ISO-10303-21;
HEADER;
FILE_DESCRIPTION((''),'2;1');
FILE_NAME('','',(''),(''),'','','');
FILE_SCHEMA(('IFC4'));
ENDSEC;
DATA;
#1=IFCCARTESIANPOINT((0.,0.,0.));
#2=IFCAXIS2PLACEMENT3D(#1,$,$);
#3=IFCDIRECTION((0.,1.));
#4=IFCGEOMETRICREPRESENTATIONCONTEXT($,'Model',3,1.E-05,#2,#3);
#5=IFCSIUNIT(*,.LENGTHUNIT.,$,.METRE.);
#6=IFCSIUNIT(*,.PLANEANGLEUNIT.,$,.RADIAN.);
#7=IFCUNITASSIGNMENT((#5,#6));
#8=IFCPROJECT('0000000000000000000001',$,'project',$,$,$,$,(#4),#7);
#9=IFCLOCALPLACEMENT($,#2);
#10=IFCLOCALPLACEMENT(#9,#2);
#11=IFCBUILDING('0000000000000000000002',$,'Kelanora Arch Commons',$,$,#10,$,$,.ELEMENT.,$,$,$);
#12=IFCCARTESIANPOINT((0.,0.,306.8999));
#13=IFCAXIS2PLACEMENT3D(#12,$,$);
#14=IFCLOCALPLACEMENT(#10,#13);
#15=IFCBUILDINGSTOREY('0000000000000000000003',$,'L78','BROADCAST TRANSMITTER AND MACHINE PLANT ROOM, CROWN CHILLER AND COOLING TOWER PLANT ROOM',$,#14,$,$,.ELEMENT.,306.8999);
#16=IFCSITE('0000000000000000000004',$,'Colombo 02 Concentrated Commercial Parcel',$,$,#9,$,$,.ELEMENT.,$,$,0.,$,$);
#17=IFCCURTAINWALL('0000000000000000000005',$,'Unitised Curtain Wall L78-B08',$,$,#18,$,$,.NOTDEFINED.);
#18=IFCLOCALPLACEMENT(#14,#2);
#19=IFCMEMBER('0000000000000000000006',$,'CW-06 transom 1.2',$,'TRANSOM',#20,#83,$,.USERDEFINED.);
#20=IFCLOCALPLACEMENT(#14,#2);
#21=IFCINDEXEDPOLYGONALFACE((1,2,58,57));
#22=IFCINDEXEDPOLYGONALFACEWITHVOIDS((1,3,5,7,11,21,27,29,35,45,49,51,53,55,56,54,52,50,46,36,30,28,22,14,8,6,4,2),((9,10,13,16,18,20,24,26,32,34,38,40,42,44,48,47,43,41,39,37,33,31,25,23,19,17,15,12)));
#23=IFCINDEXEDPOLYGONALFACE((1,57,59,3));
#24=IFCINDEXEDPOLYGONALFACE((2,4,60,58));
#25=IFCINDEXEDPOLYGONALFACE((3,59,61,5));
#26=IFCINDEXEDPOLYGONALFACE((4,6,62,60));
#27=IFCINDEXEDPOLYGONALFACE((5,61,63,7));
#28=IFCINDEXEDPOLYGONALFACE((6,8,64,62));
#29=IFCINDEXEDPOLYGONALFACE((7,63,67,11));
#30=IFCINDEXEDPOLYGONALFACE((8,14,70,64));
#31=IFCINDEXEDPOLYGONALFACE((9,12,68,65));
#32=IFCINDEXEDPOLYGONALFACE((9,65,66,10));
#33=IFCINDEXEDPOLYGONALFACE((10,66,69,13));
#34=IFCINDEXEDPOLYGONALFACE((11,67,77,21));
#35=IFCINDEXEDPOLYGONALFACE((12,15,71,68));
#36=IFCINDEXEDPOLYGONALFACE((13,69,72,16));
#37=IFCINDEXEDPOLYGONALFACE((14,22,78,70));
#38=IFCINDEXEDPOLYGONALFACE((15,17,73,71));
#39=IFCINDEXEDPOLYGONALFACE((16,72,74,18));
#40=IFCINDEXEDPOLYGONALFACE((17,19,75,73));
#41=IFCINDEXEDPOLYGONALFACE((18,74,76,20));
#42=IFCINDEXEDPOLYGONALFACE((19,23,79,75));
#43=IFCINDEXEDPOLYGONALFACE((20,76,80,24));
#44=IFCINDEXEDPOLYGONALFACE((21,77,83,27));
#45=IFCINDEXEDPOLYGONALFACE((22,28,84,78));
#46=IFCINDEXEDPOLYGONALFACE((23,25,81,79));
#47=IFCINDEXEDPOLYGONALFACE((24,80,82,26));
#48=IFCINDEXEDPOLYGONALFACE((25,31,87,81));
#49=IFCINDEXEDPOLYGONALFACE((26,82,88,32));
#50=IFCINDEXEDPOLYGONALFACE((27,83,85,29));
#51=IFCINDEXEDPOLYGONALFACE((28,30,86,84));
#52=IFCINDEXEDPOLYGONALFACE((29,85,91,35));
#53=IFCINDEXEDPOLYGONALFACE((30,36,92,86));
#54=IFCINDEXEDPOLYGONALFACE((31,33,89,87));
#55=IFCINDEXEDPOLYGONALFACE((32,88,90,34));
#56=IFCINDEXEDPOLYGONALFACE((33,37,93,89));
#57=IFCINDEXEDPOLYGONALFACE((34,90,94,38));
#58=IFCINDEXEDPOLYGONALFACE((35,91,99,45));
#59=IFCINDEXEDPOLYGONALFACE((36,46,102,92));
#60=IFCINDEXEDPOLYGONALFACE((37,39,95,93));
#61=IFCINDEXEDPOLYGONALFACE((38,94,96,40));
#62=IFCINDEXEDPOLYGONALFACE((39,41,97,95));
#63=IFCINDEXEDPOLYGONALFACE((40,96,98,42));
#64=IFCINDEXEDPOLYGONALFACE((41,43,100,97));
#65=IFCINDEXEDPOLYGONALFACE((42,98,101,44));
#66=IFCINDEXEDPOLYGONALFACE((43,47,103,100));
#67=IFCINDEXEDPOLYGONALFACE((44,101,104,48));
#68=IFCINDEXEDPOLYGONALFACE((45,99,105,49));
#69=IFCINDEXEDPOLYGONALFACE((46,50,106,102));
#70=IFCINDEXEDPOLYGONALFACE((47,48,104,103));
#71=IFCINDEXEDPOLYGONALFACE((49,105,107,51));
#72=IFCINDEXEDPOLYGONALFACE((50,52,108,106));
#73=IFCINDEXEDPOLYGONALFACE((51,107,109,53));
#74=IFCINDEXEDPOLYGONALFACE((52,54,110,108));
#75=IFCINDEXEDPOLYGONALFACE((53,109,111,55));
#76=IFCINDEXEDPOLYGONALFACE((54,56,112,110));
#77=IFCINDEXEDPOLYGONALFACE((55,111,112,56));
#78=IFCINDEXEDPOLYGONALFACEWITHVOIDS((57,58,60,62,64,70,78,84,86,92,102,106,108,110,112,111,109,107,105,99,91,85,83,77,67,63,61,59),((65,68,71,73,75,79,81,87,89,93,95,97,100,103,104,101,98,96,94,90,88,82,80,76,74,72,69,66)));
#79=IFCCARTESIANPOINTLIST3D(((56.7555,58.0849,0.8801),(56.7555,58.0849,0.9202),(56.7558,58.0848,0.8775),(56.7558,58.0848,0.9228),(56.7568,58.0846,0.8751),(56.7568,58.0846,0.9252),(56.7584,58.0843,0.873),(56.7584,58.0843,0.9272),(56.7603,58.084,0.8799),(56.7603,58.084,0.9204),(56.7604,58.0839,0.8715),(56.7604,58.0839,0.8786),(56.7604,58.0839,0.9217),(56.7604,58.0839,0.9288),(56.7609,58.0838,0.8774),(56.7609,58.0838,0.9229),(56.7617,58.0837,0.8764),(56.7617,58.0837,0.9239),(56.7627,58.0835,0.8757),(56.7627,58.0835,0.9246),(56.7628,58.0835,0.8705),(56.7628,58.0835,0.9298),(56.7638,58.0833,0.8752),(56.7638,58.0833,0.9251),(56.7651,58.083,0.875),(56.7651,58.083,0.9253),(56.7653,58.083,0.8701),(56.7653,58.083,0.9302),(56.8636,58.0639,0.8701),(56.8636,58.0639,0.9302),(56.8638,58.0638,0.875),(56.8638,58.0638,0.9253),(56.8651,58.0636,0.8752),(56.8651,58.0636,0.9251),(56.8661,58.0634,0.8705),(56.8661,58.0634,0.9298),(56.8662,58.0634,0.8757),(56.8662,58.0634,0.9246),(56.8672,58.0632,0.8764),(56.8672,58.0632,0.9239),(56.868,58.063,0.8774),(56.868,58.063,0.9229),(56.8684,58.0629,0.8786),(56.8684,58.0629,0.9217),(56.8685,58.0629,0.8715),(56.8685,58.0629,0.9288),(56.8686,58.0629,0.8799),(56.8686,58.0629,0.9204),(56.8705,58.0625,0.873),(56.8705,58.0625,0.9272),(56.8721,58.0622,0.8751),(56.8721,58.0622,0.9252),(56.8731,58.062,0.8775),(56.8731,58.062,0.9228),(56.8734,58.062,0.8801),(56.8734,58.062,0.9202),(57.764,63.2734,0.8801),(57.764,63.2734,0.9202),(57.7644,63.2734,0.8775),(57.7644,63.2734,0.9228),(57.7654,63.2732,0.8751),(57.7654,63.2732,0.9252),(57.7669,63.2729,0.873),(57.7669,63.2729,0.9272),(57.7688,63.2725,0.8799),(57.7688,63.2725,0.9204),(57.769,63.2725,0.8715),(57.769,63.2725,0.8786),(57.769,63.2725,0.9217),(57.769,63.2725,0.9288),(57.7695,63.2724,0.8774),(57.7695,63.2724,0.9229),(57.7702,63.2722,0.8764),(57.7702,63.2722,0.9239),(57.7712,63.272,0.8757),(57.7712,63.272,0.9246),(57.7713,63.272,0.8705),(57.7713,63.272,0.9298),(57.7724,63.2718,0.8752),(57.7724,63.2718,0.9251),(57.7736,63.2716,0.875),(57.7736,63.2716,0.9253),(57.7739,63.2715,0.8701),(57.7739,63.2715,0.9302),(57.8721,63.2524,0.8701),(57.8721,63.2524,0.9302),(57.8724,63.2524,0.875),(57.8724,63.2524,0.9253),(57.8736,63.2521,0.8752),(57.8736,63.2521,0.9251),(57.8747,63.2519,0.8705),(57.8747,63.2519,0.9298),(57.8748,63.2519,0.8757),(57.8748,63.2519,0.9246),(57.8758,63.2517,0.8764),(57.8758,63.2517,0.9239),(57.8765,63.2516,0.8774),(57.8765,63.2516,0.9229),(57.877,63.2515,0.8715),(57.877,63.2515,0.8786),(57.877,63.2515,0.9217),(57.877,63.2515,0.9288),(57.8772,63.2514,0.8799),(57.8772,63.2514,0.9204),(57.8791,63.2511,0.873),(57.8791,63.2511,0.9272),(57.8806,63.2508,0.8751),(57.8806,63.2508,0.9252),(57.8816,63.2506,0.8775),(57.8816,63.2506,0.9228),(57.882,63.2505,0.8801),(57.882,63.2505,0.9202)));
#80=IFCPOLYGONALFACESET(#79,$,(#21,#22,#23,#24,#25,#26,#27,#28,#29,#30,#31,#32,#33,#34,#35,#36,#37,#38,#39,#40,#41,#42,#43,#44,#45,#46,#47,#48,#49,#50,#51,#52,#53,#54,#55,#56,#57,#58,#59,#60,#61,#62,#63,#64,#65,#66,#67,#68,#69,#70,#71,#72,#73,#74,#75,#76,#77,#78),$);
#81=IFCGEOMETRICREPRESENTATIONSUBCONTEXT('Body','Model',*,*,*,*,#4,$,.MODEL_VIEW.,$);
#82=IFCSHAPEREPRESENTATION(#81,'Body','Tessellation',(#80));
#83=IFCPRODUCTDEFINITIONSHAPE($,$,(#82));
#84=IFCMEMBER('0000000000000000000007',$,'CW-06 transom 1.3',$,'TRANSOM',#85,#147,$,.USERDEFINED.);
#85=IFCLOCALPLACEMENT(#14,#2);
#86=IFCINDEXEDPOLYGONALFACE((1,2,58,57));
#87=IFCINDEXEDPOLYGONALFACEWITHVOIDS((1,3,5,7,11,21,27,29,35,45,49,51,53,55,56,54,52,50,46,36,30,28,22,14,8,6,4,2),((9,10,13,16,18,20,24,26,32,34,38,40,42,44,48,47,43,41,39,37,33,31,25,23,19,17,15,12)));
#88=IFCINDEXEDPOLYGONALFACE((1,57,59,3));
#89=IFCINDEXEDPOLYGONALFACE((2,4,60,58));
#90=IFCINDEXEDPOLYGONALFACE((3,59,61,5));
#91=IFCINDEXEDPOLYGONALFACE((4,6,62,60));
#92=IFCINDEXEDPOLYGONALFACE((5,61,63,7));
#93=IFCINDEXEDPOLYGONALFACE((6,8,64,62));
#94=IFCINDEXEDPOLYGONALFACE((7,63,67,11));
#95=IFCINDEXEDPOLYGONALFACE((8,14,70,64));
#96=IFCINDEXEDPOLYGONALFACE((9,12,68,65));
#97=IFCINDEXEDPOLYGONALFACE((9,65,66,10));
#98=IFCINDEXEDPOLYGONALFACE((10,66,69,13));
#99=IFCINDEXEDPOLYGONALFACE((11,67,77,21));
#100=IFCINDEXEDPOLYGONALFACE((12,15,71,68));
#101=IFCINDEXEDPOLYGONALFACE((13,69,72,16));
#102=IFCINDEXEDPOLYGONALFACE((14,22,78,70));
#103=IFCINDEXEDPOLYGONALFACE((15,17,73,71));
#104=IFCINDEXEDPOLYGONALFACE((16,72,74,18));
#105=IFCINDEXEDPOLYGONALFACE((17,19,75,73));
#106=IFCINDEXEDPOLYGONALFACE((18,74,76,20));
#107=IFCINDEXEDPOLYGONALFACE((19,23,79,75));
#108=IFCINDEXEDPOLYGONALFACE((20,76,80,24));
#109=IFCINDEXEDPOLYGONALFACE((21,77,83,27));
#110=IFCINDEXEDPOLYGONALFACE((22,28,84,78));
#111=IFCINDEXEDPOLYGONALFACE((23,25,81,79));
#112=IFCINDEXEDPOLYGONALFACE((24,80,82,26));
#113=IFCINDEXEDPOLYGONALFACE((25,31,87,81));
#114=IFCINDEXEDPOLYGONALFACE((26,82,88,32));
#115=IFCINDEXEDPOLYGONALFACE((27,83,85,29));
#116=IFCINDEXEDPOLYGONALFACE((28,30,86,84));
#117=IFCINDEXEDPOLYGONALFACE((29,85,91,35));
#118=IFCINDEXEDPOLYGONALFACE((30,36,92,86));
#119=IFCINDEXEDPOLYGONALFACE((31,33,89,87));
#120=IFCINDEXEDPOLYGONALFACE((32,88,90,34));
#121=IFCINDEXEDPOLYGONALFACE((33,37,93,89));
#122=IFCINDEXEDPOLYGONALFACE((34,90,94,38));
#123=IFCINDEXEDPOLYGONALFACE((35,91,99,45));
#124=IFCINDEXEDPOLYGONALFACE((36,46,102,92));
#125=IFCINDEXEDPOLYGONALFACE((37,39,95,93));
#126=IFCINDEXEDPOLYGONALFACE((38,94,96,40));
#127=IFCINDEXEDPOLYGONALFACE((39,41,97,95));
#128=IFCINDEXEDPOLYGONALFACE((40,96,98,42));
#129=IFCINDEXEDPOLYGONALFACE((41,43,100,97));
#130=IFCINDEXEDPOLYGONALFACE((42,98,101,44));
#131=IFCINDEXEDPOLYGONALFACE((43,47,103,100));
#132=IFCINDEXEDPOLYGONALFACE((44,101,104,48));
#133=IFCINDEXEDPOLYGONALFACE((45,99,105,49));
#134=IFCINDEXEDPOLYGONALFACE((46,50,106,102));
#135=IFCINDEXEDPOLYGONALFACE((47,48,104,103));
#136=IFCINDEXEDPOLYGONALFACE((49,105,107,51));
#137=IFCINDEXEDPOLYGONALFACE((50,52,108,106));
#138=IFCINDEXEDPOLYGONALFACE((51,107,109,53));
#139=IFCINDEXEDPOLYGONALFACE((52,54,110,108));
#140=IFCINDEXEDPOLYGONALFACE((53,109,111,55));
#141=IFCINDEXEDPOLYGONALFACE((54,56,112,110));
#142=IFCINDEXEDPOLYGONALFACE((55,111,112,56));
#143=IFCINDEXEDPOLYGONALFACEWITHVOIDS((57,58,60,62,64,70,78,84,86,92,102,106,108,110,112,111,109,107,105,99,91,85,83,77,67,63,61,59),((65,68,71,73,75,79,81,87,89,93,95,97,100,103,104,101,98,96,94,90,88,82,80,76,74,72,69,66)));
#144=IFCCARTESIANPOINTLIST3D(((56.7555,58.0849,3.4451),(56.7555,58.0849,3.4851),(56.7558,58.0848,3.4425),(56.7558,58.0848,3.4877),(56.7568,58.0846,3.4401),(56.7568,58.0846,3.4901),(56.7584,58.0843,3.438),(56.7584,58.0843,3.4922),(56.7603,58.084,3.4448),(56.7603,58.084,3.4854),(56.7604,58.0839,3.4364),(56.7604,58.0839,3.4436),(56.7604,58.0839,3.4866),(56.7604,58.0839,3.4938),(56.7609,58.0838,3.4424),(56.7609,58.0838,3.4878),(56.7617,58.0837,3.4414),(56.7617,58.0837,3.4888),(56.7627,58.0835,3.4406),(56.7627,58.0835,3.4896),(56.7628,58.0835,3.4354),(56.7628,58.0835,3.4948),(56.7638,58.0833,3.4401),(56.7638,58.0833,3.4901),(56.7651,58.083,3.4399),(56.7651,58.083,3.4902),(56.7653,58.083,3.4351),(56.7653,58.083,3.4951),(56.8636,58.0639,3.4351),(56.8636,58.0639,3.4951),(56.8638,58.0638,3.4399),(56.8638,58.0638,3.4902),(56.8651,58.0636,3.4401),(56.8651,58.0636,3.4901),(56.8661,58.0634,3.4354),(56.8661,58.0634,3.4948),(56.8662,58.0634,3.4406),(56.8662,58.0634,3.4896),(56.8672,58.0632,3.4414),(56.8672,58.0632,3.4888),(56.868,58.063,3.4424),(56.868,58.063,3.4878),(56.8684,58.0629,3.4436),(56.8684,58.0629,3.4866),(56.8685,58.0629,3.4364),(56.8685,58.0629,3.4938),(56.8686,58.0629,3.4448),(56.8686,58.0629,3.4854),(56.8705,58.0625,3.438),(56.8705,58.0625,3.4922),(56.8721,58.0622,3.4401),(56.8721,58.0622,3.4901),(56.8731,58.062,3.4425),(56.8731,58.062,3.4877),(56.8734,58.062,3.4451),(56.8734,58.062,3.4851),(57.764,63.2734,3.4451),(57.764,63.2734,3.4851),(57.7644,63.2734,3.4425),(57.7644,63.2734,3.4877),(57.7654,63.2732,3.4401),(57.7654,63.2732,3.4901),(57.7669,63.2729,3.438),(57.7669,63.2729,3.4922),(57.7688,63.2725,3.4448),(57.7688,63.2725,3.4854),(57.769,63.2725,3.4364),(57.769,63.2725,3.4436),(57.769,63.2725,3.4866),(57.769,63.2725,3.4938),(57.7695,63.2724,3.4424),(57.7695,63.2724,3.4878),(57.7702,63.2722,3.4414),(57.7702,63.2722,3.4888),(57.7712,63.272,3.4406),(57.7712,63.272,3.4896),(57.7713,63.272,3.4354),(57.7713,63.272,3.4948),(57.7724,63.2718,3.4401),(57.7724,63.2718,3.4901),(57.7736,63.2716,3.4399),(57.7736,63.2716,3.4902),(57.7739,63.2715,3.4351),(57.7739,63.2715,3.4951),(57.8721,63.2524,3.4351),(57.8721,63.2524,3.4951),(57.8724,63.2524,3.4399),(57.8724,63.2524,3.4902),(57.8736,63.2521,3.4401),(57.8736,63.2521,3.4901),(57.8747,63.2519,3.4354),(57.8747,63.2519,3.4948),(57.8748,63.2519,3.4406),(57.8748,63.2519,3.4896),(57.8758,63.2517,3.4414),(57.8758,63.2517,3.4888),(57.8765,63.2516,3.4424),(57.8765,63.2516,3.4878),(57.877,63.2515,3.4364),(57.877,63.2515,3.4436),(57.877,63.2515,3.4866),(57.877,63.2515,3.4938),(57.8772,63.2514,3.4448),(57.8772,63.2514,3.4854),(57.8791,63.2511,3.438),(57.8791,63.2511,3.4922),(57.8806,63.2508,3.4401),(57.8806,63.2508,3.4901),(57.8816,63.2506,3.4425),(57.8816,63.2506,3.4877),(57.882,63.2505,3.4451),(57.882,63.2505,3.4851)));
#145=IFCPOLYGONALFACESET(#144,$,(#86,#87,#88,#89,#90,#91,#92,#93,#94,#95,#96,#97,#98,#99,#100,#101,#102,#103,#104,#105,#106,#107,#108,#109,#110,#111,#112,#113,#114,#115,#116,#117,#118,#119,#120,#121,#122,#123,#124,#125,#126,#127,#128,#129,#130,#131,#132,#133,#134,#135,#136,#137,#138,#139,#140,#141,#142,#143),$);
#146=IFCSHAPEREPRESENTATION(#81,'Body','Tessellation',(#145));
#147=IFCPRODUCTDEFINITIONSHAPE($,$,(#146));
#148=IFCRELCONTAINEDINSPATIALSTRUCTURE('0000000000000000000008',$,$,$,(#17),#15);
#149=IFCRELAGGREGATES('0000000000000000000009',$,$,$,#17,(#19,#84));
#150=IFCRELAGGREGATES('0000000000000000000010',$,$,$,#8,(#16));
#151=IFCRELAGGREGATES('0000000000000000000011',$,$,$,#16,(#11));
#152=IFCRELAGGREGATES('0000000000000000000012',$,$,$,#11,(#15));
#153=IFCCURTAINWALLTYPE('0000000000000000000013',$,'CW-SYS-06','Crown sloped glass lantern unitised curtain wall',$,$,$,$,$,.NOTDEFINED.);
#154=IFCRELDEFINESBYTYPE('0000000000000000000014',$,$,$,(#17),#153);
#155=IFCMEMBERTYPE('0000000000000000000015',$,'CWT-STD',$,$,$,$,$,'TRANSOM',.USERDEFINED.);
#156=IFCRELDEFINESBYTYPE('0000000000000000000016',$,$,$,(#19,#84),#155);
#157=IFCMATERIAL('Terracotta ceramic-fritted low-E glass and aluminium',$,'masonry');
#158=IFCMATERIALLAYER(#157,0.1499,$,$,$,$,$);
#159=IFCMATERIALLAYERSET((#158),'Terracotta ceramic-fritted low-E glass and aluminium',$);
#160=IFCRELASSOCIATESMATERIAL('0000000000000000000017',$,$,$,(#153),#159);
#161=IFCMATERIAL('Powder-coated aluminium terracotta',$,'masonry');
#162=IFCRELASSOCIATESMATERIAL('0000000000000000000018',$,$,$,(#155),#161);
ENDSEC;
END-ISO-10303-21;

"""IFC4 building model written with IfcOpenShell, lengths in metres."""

from ifc_helpers import new_model, si_unit, direction, frame, origin, origin_2d, place, context, subcontext, project, spatial, hollow_rectangle, extrude, material, layer, layer_set, material_profile, profile_set, type_object, element, aggregate, save


model = new_model("IFC4")

# Units and contexts
model_context = context("Model", 3, precision=1e-05, world=origin(), true_north=direction((0.0, 1.0)))
body_context = subcontext(model_context, "Body", "Model", "MODEL_VIEW")
ifc_project = project(units=[si_unit("LENGTHUNIT", "METRE"), si_unit("PLANEANGLEUNIT", "RADIAN")], contexts=[model_context])

# Site, building, storey
site_placement = place(None, origin())
site = spatial("IfcSite", under=ifc_project, at=site_placement, Name="Colombo 02 Concentrated Commercial Parcel", CompositionType="ELEMENT", RefElevation=0.0)
building_placement = place(site_placement, origin())
building = spatial("IfcBuilding", under=site, at=building_placement, Name="Kelanora Arch Commons", CompositionType="ELEMENT")
storey_placement = place(building_placement, frame((0.0, 0.0, 306.8999)))
storey = spatial("IfcBuildingStorey", under=building, at=storey_placement, Name="L78", Description="BROADCAST TRANSMITTER AND MACHINE PLANT ROOM, CROWN CHILLER AND COOLING TOWER PLANT ROOM", CompositionType="ELEMENT", Elevation=306.8999)

# Shared definitions
ifc_material_1 = material(Name="Terracotta ceramic-fritted low-E glass and aluminium", Category="masonry")
ifc_layer_1 = layer(ifc_material_1, 0.1499)
ifc_layer_set_1 = layer_set([ifc_layer_1], Name="Terracotta ceramic-fritted low-E glass and aluminium")
curtain_wall_type = type_object("IfcCurtainWallType", Name="CW-SYS-06", Description="Crown sloped glass lantern unitised curtain wall", PredefinedType="NOTDEFINED", material=ifc_layer_set_1)
ifc_material_2 = material(Name="Powder-coated aluminium terracotta", Category="masonry")

# Curtain wall
curtain_wall_1_placement = place(storey_placement, origin())
curtain_wall_1 = element("IfcCurtainWall", 1, at=curtain_wall_1_placement, inside=storey, type_object=curtain_wall_type, Name="Unitised Curtain Wall L78-B08", PredefinedType="NOTDEFINED")

# Members
ifc_material_profile_1 = material_profile(ifc_material_2, hollow_rectangle(XDim=0.1201, YDim=0.0601, WallThickness=0.0049, InnerFilletRadius=0.0049, OuterFilletRadius=0.01, at=origin_2d()), Name="CWT120x60")
ifc_profile_set_1 = profile_set([ifc_material_profile_1], Name="Powder-coated aluminium terracotta")
member_type_1 = type_object("IfcMemberType", Name="CWT-STD", ElementType="TRANSOM", PredefinedType="USERDEFINED", material=ifc_profile_set_1)
member_1_placement = place(storey_placement, frame((57.823, 63.262, 0.9001), z_axis=(-0.19081, -0.981627, 0.0), x_axis=(0.981627, -0.19081, 0.0)))
member_1 = element("IfcMember", 2, at=member_1_placement, type_object=member_type_1, Name="CW-06 transom 1.2", ObjectType="TRANSOM", PredefinedType="USERDEFINED", context=body_context, shape_type="SweptSolid", body=[
    extrude(hollow_rectangle(XDim=0.1201, YDim=0.0601, WallThickness=0.0049, InnerFilletRadius=0.0049, OuterFilletRadius=0.01, at=origin_2d()), origin(), (0.0, 0.0, 1.0), 5.2856),
])
member_2_placement = place(storey_placement, frame((57.823, 63.262, 3.4651), z_axis=(-0.19081, -0.981627, 0.0), x_axis=(0.981627, -0.19081, 0.0)))
member_2 = element("IfcMember", 3, at=member_2_placement, type_object=member_type_1, Name="CW-06 transom 1.3", ObjectType="TRANSOM", PredefinedType="USERDEFINED", context=body_context, shape_type="SweptSolid", body=[
    extrude(hollow_rectangle(XDim=0.1201, YDim=0.0601, WallThickness=0.0049, InnerFilletRadius=0.0049, OuterFilletRadius=0.01, at=origin_2d()), origin(), (0.0, 0.0, 1.0), 5.2856),
])

aggregate(curtain_wall_1, [member_1, member_2])

save(model, "model.ifc")
